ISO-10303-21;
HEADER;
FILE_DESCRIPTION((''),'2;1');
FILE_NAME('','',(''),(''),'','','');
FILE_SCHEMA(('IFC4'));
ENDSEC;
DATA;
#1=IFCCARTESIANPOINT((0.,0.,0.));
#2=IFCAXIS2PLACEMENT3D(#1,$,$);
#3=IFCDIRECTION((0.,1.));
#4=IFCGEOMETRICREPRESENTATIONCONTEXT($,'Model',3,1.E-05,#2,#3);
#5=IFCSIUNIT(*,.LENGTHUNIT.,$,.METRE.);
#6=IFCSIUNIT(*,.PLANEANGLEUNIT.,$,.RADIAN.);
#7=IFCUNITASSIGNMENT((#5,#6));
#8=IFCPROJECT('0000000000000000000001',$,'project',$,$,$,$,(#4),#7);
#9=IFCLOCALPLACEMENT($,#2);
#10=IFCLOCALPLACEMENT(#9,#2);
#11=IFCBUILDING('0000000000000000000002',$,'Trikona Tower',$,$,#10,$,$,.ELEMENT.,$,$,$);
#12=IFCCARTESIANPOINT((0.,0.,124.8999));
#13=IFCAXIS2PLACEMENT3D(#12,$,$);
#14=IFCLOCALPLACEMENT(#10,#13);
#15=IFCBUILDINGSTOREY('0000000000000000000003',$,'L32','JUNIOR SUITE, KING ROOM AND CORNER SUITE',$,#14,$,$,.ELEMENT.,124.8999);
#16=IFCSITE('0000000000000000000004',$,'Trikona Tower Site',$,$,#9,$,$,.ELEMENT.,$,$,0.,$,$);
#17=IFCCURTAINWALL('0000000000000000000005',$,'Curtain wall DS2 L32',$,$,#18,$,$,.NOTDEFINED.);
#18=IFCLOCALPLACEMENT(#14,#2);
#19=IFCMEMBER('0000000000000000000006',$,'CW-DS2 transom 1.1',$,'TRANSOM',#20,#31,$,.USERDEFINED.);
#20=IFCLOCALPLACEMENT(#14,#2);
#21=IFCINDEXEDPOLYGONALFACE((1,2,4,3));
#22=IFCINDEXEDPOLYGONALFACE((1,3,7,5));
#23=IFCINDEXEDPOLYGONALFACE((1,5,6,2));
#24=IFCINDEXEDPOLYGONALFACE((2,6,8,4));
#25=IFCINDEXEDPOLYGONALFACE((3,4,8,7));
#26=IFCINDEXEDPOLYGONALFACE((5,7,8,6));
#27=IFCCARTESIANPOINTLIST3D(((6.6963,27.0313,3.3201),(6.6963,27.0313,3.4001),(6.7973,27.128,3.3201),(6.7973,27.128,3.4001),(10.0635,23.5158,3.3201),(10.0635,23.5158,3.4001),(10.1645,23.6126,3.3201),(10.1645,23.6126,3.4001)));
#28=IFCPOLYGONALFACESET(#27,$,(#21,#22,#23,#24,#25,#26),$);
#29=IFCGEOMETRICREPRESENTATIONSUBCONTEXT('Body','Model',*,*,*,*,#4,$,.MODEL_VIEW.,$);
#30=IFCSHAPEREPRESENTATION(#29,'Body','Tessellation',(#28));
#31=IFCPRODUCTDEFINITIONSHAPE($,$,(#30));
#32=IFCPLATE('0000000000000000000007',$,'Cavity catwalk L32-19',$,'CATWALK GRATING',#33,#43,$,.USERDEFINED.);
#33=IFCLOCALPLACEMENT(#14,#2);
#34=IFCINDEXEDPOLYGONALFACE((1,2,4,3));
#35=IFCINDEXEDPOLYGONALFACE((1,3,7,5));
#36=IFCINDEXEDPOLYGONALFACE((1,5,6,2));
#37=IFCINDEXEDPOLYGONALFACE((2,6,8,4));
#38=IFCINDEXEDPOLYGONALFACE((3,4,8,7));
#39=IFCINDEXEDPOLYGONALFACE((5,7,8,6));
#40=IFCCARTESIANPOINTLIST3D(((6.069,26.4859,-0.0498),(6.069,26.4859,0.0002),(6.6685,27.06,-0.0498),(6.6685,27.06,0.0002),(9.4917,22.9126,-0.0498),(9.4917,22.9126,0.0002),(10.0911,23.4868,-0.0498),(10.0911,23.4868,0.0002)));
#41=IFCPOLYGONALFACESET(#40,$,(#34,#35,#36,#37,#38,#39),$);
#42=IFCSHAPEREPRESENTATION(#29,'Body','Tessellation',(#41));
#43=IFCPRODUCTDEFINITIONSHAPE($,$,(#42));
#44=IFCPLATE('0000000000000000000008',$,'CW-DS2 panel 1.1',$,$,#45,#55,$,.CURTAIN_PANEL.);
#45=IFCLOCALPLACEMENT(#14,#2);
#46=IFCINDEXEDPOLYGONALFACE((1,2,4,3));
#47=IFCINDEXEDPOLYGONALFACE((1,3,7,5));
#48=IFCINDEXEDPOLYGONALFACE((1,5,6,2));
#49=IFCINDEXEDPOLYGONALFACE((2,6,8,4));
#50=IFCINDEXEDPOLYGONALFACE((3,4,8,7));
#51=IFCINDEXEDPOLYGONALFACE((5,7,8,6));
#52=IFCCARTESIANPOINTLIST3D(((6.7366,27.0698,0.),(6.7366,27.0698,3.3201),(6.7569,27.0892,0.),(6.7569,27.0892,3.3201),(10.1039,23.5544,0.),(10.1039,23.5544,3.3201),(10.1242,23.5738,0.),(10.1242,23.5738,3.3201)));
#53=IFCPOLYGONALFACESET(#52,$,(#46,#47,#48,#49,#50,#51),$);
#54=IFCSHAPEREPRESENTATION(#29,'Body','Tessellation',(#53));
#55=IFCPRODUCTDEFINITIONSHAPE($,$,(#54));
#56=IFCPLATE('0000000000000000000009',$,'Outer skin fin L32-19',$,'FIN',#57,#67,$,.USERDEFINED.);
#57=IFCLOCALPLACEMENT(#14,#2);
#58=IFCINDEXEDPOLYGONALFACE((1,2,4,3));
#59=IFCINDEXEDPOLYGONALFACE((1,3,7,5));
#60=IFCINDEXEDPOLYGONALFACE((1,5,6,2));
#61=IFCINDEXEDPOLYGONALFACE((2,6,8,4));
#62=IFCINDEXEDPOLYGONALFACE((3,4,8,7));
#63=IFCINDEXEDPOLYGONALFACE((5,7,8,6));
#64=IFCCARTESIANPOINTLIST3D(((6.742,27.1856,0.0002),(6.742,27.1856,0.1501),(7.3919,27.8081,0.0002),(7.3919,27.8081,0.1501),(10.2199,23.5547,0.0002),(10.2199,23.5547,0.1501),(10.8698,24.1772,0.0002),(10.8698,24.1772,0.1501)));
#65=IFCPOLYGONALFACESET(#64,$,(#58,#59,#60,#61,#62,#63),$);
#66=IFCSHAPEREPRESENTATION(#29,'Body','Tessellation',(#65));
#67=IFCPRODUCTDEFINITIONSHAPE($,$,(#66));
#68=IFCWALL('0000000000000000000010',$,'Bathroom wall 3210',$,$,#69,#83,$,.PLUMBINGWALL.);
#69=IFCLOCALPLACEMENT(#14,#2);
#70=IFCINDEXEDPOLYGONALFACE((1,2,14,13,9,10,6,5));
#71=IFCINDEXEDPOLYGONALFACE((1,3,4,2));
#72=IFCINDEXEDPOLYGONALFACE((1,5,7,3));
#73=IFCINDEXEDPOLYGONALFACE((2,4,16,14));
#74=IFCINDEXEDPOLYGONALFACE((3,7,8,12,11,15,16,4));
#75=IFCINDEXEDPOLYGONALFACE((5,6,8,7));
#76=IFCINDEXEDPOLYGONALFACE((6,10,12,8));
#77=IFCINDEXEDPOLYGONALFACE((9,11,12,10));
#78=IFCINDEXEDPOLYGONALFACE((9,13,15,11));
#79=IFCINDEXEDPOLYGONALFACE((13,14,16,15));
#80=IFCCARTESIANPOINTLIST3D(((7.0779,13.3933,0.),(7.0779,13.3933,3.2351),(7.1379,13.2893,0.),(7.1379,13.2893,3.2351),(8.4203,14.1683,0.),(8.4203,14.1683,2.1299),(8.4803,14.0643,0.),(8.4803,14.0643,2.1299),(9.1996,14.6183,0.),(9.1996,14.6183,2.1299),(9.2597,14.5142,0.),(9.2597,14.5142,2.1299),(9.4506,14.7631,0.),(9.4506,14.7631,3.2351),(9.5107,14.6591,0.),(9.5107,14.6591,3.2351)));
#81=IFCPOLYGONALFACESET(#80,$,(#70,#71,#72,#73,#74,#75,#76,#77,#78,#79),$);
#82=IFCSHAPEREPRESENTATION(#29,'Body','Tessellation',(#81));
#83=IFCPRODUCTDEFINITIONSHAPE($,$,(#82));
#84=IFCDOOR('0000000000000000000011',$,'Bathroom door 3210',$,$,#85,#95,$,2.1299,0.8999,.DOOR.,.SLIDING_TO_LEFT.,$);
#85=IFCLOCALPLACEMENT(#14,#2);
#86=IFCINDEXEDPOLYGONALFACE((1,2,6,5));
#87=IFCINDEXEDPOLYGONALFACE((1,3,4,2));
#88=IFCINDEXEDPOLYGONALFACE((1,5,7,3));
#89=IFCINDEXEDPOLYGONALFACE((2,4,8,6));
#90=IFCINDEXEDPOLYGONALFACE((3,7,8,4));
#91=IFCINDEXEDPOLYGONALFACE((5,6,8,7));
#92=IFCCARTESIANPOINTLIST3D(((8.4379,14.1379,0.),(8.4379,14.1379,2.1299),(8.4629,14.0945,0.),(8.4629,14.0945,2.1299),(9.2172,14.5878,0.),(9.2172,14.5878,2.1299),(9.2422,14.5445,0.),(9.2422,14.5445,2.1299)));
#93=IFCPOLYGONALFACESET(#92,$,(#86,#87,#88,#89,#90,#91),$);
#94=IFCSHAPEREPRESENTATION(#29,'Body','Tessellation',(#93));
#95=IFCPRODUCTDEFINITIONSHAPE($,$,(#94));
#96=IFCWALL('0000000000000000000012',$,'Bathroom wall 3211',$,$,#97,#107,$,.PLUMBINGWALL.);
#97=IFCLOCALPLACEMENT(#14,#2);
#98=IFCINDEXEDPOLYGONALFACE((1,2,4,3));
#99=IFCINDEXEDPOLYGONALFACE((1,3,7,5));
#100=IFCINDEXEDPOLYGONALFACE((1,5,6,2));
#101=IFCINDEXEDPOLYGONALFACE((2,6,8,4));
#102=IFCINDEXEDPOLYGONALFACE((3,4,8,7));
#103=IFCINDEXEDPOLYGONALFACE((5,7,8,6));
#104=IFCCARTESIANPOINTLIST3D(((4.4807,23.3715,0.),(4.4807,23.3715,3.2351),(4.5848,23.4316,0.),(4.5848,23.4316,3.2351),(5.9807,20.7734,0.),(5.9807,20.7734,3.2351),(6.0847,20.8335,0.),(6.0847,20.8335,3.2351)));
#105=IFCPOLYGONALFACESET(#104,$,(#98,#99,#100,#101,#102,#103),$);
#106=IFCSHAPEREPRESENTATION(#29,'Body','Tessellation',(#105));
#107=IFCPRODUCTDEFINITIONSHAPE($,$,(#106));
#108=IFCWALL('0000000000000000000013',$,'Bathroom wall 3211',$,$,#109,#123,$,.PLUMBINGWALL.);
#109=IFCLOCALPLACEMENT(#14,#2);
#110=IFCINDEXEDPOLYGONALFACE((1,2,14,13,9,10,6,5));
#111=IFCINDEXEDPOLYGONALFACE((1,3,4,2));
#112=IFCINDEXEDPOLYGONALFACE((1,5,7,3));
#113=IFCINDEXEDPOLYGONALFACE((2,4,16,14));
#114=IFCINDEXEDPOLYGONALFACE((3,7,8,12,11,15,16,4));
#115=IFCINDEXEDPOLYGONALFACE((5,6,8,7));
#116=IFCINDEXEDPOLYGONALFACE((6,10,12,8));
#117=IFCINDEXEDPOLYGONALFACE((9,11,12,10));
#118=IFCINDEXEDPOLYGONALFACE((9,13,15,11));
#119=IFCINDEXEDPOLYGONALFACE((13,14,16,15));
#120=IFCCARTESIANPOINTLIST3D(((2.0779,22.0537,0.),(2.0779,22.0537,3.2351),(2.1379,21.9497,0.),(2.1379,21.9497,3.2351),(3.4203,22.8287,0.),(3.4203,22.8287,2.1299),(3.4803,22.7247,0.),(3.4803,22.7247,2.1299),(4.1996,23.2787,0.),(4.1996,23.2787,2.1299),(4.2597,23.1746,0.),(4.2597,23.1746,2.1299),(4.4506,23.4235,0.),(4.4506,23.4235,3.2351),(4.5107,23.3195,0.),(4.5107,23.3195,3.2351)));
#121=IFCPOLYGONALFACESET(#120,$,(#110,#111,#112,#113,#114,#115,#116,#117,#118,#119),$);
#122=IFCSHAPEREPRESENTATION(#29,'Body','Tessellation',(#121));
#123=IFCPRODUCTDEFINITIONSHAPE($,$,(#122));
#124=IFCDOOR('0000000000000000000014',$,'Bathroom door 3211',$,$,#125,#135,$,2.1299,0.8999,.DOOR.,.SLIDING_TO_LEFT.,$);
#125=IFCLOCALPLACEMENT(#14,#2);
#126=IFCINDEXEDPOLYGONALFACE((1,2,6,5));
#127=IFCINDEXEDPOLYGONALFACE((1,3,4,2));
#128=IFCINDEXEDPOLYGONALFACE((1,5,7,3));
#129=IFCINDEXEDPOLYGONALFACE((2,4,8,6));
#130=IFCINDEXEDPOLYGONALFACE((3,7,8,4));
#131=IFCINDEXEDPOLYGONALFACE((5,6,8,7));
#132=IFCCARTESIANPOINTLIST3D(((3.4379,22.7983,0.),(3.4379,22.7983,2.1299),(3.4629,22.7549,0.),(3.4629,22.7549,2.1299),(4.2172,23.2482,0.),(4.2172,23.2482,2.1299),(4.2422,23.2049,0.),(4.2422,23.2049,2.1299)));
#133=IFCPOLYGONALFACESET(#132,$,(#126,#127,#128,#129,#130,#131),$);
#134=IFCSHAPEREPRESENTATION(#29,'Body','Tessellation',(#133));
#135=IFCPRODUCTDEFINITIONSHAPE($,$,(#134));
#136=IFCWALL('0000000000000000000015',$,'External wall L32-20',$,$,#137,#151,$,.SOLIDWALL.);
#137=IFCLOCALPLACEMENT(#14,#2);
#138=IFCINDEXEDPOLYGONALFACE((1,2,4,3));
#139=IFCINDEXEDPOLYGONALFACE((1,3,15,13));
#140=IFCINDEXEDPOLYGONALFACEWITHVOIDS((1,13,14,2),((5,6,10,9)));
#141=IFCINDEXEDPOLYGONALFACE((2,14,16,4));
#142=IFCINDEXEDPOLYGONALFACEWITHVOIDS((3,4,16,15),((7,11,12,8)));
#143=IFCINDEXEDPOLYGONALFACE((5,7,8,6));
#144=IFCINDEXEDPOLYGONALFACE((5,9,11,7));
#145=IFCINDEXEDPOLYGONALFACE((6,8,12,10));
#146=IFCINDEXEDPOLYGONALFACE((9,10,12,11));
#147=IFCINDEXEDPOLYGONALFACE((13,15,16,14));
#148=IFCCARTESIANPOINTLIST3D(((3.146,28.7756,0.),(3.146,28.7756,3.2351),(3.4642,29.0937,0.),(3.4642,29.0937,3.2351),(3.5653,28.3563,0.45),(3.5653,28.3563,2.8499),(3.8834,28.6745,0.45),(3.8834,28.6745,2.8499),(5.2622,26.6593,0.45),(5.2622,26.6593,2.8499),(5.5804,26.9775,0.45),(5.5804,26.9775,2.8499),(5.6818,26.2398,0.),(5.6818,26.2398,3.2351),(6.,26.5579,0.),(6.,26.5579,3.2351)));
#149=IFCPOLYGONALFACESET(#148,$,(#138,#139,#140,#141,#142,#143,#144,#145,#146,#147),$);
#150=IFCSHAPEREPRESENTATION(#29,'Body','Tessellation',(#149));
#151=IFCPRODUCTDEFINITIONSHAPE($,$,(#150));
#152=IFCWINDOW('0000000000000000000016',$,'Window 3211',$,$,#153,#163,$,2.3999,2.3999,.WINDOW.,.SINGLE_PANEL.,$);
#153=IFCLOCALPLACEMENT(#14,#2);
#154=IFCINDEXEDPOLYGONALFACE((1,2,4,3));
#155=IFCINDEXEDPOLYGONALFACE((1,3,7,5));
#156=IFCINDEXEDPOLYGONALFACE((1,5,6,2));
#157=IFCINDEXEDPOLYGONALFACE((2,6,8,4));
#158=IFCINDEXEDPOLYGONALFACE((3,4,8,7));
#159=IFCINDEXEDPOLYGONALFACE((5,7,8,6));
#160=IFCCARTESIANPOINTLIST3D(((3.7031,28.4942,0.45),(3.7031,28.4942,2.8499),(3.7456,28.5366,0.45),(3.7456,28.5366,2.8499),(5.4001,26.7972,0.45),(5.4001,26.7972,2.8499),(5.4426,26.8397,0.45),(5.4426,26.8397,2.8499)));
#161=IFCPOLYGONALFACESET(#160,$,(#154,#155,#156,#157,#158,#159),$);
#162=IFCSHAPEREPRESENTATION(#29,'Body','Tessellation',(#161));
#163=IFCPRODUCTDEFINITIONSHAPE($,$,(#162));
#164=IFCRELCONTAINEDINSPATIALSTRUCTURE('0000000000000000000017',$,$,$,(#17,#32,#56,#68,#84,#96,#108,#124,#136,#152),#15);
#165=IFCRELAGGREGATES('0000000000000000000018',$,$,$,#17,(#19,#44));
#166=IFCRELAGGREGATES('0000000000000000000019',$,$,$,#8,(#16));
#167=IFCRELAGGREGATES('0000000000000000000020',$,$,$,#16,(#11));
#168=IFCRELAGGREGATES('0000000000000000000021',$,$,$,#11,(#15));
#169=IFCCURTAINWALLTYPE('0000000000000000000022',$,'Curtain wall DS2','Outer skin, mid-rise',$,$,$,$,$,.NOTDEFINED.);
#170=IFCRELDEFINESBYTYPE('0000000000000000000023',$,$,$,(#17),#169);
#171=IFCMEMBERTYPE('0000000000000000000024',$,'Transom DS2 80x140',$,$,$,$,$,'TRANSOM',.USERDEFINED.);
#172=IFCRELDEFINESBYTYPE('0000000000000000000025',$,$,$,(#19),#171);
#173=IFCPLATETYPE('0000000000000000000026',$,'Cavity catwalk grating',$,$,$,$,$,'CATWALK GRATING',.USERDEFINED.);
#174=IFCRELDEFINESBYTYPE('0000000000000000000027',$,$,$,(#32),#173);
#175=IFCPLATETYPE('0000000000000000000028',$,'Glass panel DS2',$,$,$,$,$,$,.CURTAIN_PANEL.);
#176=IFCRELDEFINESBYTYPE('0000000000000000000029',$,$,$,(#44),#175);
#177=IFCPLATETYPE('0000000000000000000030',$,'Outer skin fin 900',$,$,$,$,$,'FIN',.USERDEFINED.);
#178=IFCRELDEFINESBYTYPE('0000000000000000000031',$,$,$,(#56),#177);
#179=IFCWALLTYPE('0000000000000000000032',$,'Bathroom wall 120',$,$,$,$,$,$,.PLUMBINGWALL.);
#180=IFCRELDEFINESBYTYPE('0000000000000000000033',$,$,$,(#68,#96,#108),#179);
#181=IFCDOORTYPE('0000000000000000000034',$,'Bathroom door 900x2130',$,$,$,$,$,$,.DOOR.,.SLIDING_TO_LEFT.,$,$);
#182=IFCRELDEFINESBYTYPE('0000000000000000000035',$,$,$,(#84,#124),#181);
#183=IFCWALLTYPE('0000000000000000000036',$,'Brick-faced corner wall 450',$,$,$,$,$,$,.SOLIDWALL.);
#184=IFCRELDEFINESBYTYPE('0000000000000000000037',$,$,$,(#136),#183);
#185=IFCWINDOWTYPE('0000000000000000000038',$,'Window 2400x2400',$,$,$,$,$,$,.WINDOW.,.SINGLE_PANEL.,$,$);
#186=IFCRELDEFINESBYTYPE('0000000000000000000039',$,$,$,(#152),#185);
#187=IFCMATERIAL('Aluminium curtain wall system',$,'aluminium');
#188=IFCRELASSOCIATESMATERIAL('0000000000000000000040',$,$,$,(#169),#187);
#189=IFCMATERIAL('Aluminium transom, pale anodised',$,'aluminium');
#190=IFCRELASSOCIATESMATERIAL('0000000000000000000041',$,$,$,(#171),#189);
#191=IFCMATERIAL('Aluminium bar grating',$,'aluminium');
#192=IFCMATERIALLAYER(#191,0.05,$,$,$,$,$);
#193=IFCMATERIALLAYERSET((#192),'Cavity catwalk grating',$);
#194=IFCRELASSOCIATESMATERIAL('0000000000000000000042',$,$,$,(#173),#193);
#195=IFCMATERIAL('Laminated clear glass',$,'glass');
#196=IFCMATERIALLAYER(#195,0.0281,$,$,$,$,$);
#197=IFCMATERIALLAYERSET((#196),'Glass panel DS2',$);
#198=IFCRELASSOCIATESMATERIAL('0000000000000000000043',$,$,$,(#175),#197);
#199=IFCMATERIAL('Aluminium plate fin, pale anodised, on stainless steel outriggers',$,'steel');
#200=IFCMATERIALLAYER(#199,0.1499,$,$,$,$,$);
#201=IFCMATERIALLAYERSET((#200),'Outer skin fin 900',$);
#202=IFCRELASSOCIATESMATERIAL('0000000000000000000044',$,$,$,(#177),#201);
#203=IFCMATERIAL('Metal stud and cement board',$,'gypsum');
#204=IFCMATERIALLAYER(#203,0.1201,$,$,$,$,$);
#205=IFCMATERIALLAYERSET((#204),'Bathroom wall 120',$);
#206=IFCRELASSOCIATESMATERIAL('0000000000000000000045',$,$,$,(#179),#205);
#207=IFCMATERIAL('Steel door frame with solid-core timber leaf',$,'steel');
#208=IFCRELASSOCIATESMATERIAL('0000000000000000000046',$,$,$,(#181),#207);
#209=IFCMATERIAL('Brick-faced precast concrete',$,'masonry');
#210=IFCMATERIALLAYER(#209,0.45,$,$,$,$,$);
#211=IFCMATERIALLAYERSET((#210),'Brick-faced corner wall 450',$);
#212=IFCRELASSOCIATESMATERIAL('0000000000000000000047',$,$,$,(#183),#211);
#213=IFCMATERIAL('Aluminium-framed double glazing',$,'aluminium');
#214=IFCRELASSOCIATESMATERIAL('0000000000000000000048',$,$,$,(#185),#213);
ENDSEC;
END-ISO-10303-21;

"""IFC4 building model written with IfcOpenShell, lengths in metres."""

from ifc_helpers import new_model, si_unit, direction, frame, frame_2d, origin, origin_2d, place, context, subcontext, project, spatial, rectangle, extrude, material, layer, layer_set, material_profile, profile_set, type_object, element, fill, aggregate, save


model = new_model("IFC4")

# Units and contexts
model_context = context("Model", 3, precision=1e-05, world=origin(), true_north=direction((0.0, 1.0)))
body_context = subcontext(model_context, "Body", "Model", "MODEL_VIEW")
ifc_project = project(units=[si_unit("LENGTHUNIT", "METRE"), si_unit("PLANEANGLEUNIT", "RADIAN")], contexts=[model_context])

# Site, building, storey
site_placement = place(None, origin())
site = spatial("IfcSite", under=ifc_project, at=site_placement, Name="Trikona Tower Site", CompositionType="ELEMENT", RefElevation=0.0)
building_placement = place(site_placement, origin())
building = spatial("IfcBuilding", under=site, at=building_placement, Name="Trikona Tower", CompositionType="ELEMENT")
storey_placement = place(building_placement, frame((0.0, 0.0, 124.8999)))
storey = spatial("IfcBuildingStorey", under=building, at=storey_placement, Name="L32", Description="JUNIOR SUITE, KING ROOM AND CORNER SUITE", CompositionType="ELEMENT", Elevation=124.8999)

# Shared definitions
ifc_material_1 = material(Name="Aluminium curtain wall system", Category="aluminium")
curtain_wall_type = type_object("IfcCurtainWallType", Name="Curtain wall DS2", Description="Outer skin, mid-rise", PredefinedType="NOTDEFINED", material=ifc_material_1)

# Curtain wall
curtain_wall_1_placement = place(storey_placement, origin())
curtain_wall_1 = element("IfcCurtainWall", 1, at=curtain_wall_1_placement, inside=storey, type_object=curtain_wall_type, Name="Curtain wall DS2 L32", PredefinedType="NOTDEFINED")

# Member
ifc_material_2 = material(Name="Aluminium transom, pale anodised", Category="aluminium")
ifc_material_profile_1 = material_profile(ifc_material_2, rectangle(XDim=0.1399, YDim=0.0801, at=origin_2d()), Name="TRN-DS2")
ifc_profile_set_1 = profile_set([ifc_material_profile_1], Name="Aluminium transom, pale anodised")
member_type_1 = type_object("IfcMemberType", Name="Transom DS2 80x140", ElementType="TRANSOM", PredefinedType="USERDEFINED", material=ifc_profile_set_1)
member_1_placement = place(storey_placement, frame((10.114, 23.5642, 3.3601), z_axis=(-0.691721, 0.722165, 0.0), x_axis=(-0.722165, -0.691721, 0.0)))
member_1 = element("IfcMember", 2, at=member_1_placement, type_object=member_type_1, Name="CW-DS2 transom 1.1", ObjectType="TRANSOM", PredefinedType="USERDEFINED", context=body_context, shape_type="SweptSolid", body=[
    extrude(rectangle(XDim=0.1399, YDim=0.0801, at=origin_2d()), origin(), (0.0, 0.0, 1.0), 4.8679),
])

# Plates
ifc_material_3 = material(Name="Aluminium bar grating", Category="aluminium")
ifc_layer_1 = layer(ifc_material_3, 0.05)
ifc_layer_set_1 = layer_set([ifc_layer_1], Name="Cavity catwalk grating")
plate_type_1 = type_object("IfcPlateType", Name="Cavity catwalk grating", ElementType="CATWALK GRATING", PredefinedType="USERDEFINED", material=ifc_layer_set_1)
plate_1_placement = place(storey_placement, frame((8.0801, 24.9863, -0.0498), z_axis=(0.0, 0.0, 1.0), x_axis=(-0.691724, 0.722162, 0.0)))
element("IfcPlate", 3, at=plate_1_placement, inside=storey, type_object=plate_type_1, Name="Cavity catwalk L32-19", ObjectType="CATWALK GRATING", PredefinedType="USERDEFINED", context=body_context, shape_type="SweptSolid", body=[
    extrude(rectangle(XDim=4.948, YDim=0.8301, at=origin_2d()), origin(), (0.0, 0.0, 1.0), 0.05),
])
ifc_material_4 = material(Name="Laminated clear glass", Category="glass")
ifc_layer_2 = layer(ifc_material_4, 0.0281)
ifc_layer_set_2 = layer_set([ifc_layer_2], Name="Glass panel DS2")
plate_type_2 = type_object("IfcPlateType", Name="Glass panel DS2", PredefinedType="CURTAIN_PANEL", material=ifc_layer_set_2)
plate_2_placement = place(storey_placement, frame((8.4304, 25.3218, 0.0), z_axis=(0.0, 0.0, 1.0), x_axis=(-0.691728, 0.722158, 0.0)))
plate_2 = element("IfcPlate", 4, at=plate_2_placement, type_object=plate_type_2, Name="CW-DS2 panel 1.1", PredefinedType="CURTAIN_PANEL", context=body_context, shape_type="SweptSolid", body=[
    extrude(rectangle(XDim=4.8679, YDim=0.0281, at=origin_2d()), origin(), (0.0, 0.0, 1.0), 3.3201),
])
aggregate(curtain_wall_1, [member_1, plate_2])
ifc_material_5 = material(Name="Aluminium plate fin, pale anodised, on stainless steel outriggers", Category="steel")
ifc_layer_3 = layer(ifc_material_5, 0.1499)
ifc_layer_set_3 = layer_set([ifc_layer_3], Name="Outer skin fin 900")
plate_type_3 = type_object("IfcPlateType", Name="Outer skin fin 900", ElementType="FIN", PredefinedType="USERDEFINED", material=ifc_layer_set_3)
plate_3_placement = place(storey_placement, frame((8.8059, 25.6814, 0.0002), z_axis=(0.0, 0.0, 1.0), x_axis=(-0.691724, 0.722162, 0.0)))
element("IfcPlate", 5, at=plate_3_placement, inside=storey, type_object=plate_type_3, Name="Outer skin fin L32-19", ObjectType="FIN", PredefinedType="USERDEFINED", context=body_context, shape_type="SweptSolid", body=[
    extrude(rectangle(XDim=5.0278, YDim=0.8999, at=origin_2d()), origin(), (0.0, 0.0, 1.0), 0.1499),
])

# Wall, opening, door
ifc_material_6 = material(Name="Metal stud and cement board", Category="gypsum")
ifc_layer_4 = layer(ifc_material_6, 0.1201)
ifc_layer_set_4 = layer_set([ifc_layer_4], Name="Bathroom wall 120")
wall_type_1 = type_object("IfcWallType", Name="Bathroom wall 120", PredefinedType="PLUMBINGWALL", material=ifc_layer_set_4)
wall_1_placement = place(storey_placement, frame((7.1079, 13.3413, 0.0), z_axis=(0.0, 0.0, 1.0), x_axis=(0.866036, 0.499982, 0.0)))
wall_1 = element("IfcWall", 6, at=wall_1_placement, inside=storey, type_object=wall_type_1, Name="Bathroom wall 3210", PredefinedType="PLUMBINGWALL", context=body_context, shape_type="SweptSolid", body=[
    extrude(rectangle(XDim=2.7397, YDim=0.1201, at=frame_2d((1.3699, 0.0))), origin(), (0.0, 0.0, 1.0), 3.2351),
])
opening_1_placement = place(wall_1_placement, frame((1.55, 0.0, 0.0)))
opening_1 = element("IfcOpeningElement", 7, at=opening_1_placement, cuts=wall_1, PredefinedType="OPENING", context=body_context, shape_type="SweptSolid", body=[
    extrude(rectangle(XDim=0.8999, YDim=2.1299, at=frame_2d((0.45, 1.0649))), frame((0.0, 0.0701, 0.0), z_axis=(0.0, -1.0, 0.0), x_axis=(1.0, 0.0, 0.0)), (0.0, 0.0, 1.0), 0.1401),
])
ifc_material_7 = material(Name="Steel door frame with solid-core timber leaf", Category="steel")
door_type_1 = type_object("IfcDoorType", Name="Bathroom door 900x2130", OperationType="SLIDING_TO_LEFT", PredefinedType="DOOR", material=ifc_material_7)
door_1_placement = place(opening_1_placement, origin())
door_1 = element("IfcDoor", 8, at=door_1_placement, inside=storey, type_object=door_type_1, Name="Bathroom door 3210", OperationType="SLIDING_TO_LEFT", OverallHeight=2.1299, OverallWidth=0.8999, PredefinedType="DOOR", context=body_context, shape_type="SweptSolid", body=[
    extrude(rectangle(XDim=0.8999, YDim=2.1299, at=frame_2d((0.45, 1.0649))), frame((0.0, 0.0249, 0.0), z_axis=(0.0, -1.0, 0.0), x_axis=(1.0, 0.0, 0.0)), (0.0, 0.0, 1.0), 0.05),
])
fill(opening_1, door_1)

# Wall
wall_2_placement = place(storey_placement, frame((6.0327, 20.8035, 0.0), z_axis=(0.0, 0.0, 1.0), x_axis=(-0.49999, 0.866031, 0.0)))
element("IfcWall", 9, at=wall_2_placement, inside=storey, type_object=wall_type_1, Name="Bathroom wall 3211", PredefinedType="PLUMBINGWALL", context=body_context, shape_type="SweptSolid", body=[
    extrude(rectangle(XDim=3.0, YDim=0.1201, at=frame_2d((1.5, 0.0))), origin(), (0.0, 0.0, 1.0), 3.2351),
])

# Wall, opening, door
wall_3_placement = place(storey_placement, frame((2.1079, 22.0017, 0.0), z_axis=(0.0, 0.0, 1.0), x_axis=(0.866036, 0.499982, 0.0)))
wall_3 = element("IfcWall", 10, at=wall_3_placement, inside=storey, type_object=wall_type_1, Name="Bathroom wall 3211", PredefinedType="PLUMBINGWALL", context=body_context, shape_type="SweptSolid", body=[
    extrude(rectangle(XDim=2.7397, YDim=0.1201, at=frame_2d((1.3699, 0.0))), origin(), (0.0, 0.0, 1.0), 3.2351),
])
opening_2_placement = place(wall_3_placement, frame((1.55, 0.0, 0.0)))
opening_2 = element("IfcOpeningElement", 11, at=opening_2_placement, cuts=wall_3, PredefinedType="OPENING", context=body_context, shape_type="SweptSolid", body=[
    extrude(rectangle(XDim=0.8999, YDim=2.1299, at=frame_2d((0.45, 1.0649))), frame((0.0, 0.0701, 0.0), z_axis=(0.0, -1.0, 0.0), x_axis=(1.0, 0.0, 0.0)), (0.0, 0.0, 1.0), 0.1401),
])
door_2_placement = place(opening_2_placement, origin())
door_2 = element("IfcDoor", 12, at=door_2_placement, inside=storey, type_object=door_type_1, Name="Bathroom door 3211", OperationType="SLIDING_TO_LEFT", OverallHeight=2.1299, OverallWidth=0.8999, PredefinedType="DOOR", context=body_context, shape_type="SweptSolid", body=[
    extrude(rectangle(XDim=0.8999, YDim=2.1299, at=frame_2d((0.45, 1.0649))), frame((0.0, 0.0249, 0.0), z_axis=(0.0, -1.0, 0.0), x_axis=(1.0, 0.0, 0.0)), (0.0, 0.0, 1.0), 0.05),
])
fill(opening_2, door_2)

# Wall, opening, window
ifc_material_8 = material(Name="Brick-faced precast concrete", Category="masonry")
ifc_layer_5 = layer(ifc_material_8, 0.45)
ifc_layer_set_5 = layer_set([ifc_layer_5], Name="Brick-faced corner wall 450")
wall_type_2 = type_object("IfcWallType", Name="Brick-faced corner wall 450", PredefinedType="SOLIDWALL", material=ifc_layer_set_5)
wall_4_placement = place(storey_placement, frame((5.8408, 26.3989, 0.0), z_axis=(0.0, 0.0, 1.0), x_axis=(-0.707107, 0.707107, 0.0)))
wall_4 = element("IfcWall", 13, at=wall_4_placement, inside=storey, type_object=wall_type_2, Name="External wall L32-20", PredefinedType="SOLIDWALL", context=body_context, shape_type="SweptSolid", body=[
    extrude(rectangle(XDim=3.5862, YDim=0.45, at=frame_2d((1.793, 0.0))), origin(), (0.0, 0.0, 1.0), 3.2351),
])
opening_3_placement = place(wall_4_placement, frame((0.5933, 0.0, 0.45)))
opening_3 = element("IfcOpeningElement", 14, at=opening_3_placement, cuts=wall_4, PredefinedType="OPENING", context=body_context, shape_type="SweptSolid", body=[
    extrude(rectangle(XDim=2.3999, YDim=2.3999, at=frame_2d((1.2, 1.2))), frame((0.0, 0.2349, 0.0), z_axis=(0.0, -1.0, 0.0), x_axis=(1.0, 0.0, 0.0)), (0.0, 0.0, 1.0), 0.47),
])
ifc_material_9 = material(Name="Aluminium-framed double glazing", Category="aluminium")
window_type_1 = type_object("IfcWindowType", Name="Window 2400x2400", PartitioningType="SINGLE_PANEL", PredefinedType="WINDOW", material=ifc_material_9)
window_1_placement = place(opening_3_placement, origin())
window_1 = element("IfcWindow", 15, at=window_1_placement, inside=storey, type_object=window_type_1, Name="Window 3211", OverallHeight=2.3999, OverallWidth=2.3999, PartitioningType="SINGLE_PANEL", PredefinedType="WINDOW", context=body_context, shape_type="SweptSolid", body=[
    extrude(rectangle(XDim=2.3999, YDim=2.3999, at=frame_2d((1.2, 1.2))), frame((0.0, 0.03, 0.0), z_axis=(0.0, -1.0, 0.0), x_axis=(1.0, 0.0, 0.0)), (0.0, 0.0, 1.0), 0.0601),
])
fill(opening_3, window_1)

save(model, "model.ifc")
